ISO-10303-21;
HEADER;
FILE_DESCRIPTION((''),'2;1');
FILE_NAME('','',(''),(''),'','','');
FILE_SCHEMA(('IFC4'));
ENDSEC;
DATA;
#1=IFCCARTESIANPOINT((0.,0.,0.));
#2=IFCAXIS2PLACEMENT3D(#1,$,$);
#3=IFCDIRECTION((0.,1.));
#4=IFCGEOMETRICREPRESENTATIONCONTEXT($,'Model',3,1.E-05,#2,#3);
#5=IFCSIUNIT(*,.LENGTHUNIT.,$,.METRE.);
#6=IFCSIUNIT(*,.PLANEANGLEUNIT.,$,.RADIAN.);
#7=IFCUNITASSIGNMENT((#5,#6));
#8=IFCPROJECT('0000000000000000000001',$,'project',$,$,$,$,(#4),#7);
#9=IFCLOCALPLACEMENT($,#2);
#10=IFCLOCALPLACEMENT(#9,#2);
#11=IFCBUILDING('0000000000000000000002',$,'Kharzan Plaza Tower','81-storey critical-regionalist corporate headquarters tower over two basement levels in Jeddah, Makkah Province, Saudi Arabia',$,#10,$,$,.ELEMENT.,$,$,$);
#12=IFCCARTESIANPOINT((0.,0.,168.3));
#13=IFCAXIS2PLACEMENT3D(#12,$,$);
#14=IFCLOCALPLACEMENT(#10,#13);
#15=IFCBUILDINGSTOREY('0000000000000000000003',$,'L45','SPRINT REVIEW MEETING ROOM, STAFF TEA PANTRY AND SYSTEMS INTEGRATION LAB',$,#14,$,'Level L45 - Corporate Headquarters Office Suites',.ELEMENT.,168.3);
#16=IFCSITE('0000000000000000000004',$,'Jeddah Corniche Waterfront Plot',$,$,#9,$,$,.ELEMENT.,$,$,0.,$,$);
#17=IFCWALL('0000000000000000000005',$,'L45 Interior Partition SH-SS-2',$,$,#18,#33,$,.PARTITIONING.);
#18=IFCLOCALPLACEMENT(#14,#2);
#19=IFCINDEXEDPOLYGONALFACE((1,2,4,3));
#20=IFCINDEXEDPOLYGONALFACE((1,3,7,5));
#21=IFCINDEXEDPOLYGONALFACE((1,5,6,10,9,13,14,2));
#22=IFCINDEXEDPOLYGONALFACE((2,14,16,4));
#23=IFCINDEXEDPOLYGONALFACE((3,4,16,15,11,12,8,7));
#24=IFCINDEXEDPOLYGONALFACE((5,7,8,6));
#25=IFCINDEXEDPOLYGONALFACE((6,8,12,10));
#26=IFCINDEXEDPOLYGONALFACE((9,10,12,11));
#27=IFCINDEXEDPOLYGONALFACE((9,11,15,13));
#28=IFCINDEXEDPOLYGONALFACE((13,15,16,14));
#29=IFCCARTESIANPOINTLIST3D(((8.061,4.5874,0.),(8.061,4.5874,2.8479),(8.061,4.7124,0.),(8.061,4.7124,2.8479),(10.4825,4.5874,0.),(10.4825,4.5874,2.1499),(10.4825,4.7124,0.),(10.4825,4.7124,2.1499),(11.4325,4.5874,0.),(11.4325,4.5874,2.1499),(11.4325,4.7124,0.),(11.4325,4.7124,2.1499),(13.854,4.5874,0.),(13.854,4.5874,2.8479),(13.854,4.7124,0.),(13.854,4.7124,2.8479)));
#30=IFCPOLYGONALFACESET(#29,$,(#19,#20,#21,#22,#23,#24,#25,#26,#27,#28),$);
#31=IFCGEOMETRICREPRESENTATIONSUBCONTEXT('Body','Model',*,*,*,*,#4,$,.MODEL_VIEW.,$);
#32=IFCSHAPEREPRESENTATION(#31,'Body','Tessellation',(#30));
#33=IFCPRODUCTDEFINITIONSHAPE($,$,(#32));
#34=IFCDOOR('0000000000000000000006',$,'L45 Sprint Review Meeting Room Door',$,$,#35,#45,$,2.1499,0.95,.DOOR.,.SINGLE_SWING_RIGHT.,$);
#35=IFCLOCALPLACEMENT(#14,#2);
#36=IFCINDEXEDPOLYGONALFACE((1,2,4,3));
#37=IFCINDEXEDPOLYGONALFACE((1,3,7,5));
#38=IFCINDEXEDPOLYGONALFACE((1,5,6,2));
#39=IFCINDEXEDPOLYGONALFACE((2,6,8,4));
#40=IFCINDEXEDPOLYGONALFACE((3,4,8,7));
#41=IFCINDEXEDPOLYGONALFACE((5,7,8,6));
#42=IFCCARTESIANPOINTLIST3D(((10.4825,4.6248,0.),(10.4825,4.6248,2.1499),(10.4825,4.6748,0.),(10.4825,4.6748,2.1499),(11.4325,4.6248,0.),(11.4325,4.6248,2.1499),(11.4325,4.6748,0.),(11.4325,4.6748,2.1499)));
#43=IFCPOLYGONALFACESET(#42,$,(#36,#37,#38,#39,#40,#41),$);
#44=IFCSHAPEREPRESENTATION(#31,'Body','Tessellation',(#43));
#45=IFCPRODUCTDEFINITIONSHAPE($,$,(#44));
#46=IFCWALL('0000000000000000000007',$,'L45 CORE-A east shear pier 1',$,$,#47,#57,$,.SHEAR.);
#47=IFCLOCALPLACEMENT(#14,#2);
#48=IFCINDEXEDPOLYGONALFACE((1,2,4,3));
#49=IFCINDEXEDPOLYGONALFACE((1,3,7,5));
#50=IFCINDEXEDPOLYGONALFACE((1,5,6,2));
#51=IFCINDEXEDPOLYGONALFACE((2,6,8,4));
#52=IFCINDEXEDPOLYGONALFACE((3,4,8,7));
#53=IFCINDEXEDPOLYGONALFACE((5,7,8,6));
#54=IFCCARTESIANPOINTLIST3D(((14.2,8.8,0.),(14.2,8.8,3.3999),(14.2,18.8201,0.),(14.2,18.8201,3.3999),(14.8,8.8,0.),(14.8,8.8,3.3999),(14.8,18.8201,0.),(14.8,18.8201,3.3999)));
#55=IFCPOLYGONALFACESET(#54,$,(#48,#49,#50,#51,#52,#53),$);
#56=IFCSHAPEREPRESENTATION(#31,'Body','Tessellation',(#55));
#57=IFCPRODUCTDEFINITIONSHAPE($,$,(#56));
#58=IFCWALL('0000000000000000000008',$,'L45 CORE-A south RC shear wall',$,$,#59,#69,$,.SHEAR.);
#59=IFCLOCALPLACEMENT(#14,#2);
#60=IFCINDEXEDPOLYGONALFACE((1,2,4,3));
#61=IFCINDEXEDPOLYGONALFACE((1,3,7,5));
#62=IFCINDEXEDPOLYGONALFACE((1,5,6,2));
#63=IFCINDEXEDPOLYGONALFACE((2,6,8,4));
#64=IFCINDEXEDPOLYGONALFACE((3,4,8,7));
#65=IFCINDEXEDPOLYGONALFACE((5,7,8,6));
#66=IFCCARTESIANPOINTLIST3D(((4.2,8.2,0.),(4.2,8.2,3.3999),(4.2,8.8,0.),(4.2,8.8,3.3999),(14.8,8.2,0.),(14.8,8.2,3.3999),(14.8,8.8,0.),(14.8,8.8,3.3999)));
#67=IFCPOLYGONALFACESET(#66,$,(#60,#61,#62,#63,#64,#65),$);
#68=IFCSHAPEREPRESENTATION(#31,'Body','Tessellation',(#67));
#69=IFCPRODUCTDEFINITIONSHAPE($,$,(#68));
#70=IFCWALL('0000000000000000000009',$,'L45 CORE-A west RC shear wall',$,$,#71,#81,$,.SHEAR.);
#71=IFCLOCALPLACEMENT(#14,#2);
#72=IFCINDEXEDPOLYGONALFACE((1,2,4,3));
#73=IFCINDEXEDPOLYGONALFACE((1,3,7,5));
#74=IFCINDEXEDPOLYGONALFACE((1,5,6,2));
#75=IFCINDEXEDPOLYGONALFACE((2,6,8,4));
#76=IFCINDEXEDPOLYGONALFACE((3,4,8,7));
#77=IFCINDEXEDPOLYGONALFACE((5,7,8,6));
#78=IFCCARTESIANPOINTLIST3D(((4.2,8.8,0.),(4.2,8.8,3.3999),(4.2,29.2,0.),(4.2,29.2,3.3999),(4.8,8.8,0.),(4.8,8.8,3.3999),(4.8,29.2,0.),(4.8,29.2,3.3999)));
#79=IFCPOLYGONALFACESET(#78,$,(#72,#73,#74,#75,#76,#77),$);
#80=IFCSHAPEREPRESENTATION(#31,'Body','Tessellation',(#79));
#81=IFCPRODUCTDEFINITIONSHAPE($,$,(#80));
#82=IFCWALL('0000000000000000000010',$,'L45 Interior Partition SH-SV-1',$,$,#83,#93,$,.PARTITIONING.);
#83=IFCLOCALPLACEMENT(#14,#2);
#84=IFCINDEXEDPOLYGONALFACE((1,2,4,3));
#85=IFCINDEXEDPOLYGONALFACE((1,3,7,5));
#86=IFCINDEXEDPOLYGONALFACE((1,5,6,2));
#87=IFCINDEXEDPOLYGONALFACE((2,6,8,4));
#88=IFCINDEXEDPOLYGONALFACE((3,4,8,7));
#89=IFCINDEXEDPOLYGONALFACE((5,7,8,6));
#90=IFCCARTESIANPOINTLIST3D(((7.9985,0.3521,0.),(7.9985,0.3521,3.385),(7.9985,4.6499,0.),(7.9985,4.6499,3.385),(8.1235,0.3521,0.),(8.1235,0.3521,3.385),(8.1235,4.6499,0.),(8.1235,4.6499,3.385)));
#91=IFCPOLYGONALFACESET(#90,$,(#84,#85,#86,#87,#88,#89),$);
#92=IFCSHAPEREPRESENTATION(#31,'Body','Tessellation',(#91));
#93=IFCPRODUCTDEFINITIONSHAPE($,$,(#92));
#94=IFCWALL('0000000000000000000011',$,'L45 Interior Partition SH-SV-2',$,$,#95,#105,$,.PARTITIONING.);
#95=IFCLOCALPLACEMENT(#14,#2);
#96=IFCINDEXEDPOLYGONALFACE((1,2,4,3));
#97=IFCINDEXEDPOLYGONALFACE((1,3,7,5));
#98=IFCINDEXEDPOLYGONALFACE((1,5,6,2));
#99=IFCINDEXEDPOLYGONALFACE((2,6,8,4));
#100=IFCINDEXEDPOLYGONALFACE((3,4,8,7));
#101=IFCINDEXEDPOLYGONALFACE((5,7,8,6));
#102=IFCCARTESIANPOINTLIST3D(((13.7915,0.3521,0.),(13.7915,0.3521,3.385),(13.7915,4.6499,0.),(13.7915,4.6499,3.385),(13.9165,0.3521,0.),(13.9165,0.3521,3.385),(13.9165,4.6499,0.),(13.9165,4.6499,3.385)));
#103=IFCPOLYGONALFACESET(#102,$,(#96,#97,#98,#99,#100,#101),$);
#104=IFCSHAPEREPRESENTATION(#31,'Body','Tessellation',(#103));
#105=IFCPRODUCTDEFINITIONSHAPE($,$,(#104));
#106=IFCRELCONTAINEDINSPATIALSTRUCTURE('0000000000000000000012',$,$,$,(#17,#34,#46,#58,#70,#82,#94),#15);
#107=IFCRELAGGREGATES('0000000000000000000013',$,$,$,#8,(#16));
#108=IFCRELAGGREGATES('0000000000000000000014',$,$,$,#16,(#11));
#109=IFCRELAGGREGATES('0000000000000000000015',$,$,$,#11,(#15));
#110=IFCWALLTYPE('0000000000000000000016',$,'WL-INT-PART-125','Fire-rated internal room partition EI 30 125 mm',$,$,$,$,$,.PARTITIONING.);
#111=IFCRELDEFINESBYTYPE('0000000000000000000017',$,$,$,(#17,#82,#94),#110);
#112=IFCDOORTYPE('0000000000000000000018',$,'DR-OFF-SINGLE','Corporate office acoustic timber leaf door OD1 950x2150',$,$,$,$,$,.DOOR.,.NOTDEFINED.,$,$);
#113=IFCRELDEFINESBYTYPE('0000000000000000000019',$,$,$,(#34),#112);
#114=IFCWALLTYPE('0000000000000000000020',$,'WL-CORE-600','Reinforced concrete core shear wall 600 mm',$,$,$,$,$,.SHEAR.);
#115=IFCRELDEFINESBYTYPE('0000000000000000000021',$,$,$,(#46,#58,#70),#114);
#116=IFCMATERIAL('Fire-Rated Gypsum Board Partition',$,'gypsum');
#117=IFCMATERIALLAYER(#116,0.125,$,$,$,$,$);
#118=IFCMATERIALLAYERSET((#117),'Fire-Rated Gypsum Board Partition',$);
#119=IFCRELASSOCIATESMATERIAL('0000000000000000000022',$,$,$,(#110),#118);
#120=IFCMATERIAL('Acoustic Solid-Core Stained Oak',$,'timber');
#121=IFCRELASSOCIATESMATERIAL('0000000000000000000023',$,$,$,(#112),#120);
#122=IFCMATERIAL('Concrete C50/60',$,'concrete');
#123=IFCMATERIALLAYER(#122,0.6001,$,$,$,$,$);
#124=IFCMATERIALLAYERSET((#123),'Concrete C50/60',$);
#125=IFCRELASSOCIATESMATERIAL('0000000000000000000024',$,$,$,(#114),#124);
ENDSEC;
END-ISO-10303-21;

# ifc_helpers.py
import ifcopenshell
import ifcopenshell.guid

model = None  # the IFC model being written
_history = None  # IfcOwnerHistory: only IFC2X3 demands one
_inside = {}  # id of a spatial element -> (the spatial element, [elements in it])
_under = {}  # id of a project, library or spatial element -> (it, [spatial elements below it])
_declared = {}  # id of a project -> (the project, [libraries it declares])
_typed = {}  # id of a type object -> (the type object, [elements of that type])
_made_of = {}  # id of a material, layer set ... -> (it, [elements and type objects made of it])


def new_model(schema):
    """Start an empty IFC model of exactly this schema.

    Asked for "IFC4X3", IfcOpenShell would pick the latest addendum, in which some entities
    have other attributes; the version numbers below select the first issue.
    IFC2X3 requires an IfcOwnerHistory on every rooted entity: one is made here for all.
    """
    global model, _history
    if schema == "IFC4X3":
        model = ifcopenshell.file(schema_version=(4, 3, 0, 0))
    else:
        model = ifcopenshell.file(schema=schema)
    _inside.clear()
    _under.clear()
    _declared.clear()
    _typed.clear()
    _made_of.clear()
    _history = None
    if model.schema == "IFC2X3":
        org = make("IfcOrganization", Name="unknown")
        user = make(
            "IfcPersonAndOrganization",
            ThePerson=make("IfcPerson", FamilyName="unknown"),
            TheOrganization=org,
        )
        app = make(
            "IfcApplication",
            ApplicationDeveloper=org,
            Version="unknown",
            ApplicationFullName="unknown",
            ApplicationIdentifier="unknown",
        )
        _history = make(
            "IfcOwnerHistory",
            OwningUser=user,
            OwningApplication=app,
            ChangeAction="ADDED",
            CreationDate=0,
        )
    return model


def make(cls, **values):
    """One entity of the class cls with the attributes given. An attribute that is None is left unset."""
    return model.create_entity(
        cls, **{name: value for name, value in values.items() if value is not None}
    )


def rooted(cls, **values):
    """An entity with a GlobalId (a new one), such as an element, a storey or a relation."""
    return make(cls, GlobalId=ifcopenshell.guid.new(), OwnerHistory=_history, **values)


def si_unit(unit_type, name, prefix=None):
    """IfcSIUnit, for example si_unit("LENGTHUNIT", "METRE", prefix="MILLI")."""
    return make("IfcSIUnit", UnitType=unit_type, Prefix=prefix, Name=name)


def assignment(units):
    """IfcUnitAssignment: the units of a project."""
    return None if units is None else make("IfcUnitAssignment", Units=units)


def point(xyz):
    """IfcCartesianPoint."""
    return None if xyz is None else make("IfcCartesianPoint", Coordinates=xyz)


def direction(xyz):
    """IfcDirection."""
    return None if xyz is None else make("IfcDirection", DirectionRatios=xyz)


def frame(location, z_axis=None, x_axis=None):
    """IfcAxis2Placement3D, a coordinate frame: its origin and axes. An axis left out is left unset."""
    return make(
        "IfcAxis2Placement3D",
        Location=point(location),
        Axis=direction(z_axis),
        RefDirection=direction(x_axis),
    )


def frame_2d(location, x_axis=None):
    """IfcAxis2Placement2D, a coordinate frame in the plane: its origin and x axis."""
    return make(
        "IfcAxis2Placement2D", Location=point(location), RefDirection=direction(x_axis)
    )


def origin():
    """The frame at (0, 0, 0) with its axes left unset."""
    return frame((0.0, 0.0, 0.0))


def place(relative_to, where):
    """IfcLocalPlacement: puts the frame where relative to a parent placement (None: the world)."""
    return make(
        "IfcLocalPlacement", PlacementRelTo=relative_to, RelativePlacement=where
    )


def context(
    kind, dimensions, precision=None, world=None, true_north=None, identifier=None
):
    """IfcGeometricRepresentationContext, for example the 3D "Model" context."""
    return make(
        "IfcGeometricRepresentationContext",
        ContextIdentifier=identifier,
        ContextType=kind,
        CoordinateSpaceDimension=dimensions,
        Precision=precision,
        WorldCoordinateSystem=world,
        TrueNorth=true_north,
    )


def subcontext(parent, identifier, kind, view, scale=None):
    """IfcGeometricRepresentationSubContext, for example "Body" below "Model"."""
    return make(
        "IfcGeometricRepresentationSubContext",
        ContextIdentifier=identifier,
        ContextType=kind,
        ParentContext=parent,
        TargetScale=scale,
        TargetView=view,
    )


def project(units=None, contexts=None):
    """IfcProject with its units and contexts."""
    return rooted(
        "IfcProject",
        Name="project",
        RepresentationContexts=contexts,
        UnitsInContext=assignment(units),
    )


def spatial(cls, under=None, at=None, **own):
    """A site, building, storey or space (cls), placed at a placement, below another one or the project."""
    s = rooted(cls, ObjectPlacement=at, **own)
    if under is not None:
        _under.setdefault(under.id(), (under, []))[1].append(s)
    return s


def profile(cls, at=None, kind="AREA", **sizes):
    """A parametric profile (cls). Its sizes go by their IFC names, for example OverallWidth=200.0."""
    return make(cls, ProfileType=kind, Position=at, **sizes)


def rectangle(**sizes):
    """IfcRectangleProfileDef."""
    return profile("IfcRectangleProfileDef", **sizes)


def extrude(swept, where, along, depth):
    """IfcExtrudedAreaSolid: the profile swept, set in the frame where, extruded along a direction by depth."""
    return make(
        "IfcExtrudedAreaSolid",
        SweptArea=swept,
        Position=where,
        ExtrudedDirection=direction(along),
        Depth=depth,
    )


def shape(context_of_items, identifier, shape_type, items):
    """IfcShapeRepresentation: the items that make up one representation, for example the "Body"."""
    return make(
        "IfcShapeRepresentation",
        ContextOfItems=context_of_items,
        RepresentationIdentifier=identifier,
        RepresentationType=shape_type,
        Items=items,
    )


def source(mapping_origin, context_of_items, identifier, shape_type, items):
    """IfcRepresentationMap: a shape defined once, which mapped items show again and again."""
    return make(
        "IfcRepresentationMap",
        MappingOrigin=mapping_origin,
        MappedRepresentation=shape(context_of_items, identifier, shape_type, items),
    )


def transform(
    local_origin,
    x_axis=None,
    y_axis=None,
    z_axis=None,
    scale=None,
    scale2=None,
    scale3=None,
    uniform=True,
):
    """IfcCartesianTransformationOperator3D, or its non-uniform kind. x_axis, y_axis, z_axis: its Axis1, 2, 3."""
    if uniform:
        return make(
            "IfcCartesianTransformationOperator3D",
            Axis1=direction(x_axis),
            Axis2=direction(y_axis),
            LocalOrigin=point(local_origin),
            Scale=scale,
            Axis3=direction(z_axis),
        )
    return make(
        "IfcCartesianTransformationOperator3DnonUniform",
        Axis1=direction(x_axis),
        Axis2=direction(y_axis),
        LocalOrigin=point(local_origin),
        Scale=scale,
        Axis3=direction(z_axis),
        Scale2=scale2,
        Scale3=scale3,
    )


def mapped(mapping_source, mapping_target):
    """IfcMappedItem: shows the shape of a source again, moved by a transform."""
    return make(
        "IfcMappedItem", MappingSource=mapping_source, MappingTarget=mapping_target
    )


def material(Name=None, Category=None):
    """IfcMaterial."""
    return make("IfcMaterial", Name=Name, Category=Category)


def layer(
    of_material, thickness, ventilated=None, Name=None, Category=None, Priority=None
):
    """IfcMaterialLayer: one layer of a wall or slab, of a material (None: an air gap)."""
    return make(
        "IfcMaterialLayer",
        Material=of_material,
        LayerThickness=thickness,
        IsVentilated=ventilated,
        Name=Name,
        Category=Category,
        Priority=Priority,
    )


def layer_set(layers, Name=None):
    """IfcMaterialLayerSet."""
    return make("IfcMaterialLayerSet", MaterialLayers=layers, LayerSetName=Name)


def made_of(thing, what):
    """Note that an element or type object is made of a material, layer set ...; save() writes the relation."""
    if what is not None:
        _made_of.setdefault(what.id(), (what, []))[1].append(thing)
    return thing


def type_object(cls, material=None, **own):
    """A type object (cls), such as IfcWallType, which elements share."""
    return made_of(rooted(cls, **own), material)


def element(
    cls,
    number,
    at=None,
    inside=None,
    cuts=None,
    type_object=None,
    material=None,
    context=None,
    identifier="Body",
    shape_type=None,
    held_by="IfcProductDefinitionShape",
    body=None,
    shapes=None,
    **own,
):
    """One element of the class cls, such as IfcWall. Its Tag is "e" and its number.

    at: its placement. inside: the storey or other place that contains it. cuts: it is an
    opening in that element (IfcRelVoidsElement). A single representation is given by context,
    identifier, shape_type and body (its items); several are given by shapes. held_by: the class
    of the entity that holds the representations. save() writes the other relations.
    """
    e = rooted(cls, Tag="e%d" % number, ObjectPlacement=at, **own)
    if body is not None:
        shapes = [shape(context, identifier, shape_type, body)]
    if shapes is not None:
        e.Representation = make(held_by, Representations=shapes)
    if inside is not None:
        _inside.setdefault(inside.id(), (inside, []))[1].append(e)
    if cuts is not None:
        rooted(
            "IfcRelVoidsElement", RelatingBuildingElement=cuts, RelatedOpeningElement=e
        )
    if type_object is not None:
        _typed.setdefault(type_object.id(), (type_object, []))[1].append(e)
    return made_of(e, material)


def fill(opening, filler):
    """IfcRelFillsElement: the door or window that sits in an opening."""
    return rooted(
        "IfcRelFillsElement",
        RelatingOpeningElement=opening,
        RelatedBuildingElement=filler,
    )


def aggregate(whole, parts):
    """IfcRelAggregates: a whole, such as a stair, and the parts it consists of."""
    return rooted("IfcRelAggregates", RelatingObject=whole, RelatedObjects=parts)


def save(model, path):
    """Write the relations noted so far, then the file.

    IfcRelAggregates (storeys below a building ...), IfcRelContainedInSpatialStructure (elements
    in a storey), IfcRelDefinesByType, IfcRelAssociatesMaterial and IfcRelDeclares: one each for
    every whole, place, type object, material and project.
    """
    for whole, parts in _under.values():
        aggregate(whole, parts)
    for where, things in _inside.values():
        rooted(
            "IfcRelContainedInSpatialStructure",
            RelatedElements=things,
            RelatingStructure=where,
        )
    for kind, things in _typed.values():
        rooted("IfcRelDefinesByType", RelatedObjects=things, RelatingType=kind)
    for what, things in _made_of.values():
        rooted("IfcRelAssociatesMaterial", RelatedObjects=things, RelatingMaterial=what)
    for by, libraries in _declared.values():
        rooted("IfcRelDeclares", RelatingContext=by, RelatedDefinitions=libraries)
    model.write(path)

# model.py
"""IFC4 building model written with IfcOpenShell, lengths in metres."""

from ifc_helpers import new_model, si_unit, direction, frame, frame_2d, origin, place, context, subcontext, project, spatial, rectangle, extrude, source, transform, mapped, material, layer, layer_set, type_object, element, fill, save


model = new_model("IFC4")

# Units and contexts
model_context = context("Model", 3, precision=1e-05, world=origin(), true_north=direction((0.0, 1.0)))
body_context = subcontext(model_context, "Body", "Model", "MODEL_VIEW")
ifc_project = project(units=[si_unit("LENGTHUNIT", "METRE"), si_unit("PLANEANGLEUNIT", "RADIAN")], contexts=[model_context])

# Site, building, storey
site_placement = place(None, origin())
site = spatial("IfcSite", under=ifc_project, at=site_placement, Name="Jeddah Corniche Waterfront Plot", CompositionType="ELEMENT", RefElevation=0.0)
building_placement = place(site_placement, origin())
building = spatial("IfcBuilding", under=site, at=building_placement, Name="Kharzan Plaza Tower", Description="81-storey critical-regionalist corporate headquarters tower over two basement levels in Jeddah, Makkah Province, Saudi Arabia", CompositionType="ELEMENT")
storey_placement = place(building_placement, frame((0.0, 0.0, 168.3)))
storey = spatial("IfcBuildingStorey", under=building, at=storey_placement, Name="L45", Description="SPRINT REVIEW MEETING ROOM, STAFF TEA PANTRY AND SYSTEMS INTEGRATION LAB", LongName="Level L45 - Corporate Headquarters Office Suites", CompositionType="ELEMENT", Elevation=168.3)

# Shared definitions
ifc_material_1 = material(Name="Concrete C50/60", Category="concrete")

# Wall, opening, door
ifc_material_2 = material(Name="Fire-Rated Gypsum Board Partition", Category="gypsum")
ifc_layer_1 = layer(ifc_material_2, 0.125)
ifc_layer_set_1 = layer_set([ifc_layer_1], Name="Fire-Rated Gypsum Board Partition")
wall_type_1 = type_object("IfcWallType", Name="WL-INT-PART-125", Description="Fire-rated internal room partition EI 30 125 mm", PredefinedType="PARTITIONING", material=ifc_layer_set_1)
wall_1_placement = place(storey_placement, frame((8.061, 4.6499, 0.0), z_axis=(0.0, 0.0, 1.0), x_axis=(1.0, 0.0, 0.0)))
wall_1 = element("IfcWall", 1, at=wall_1_placement, inside=storey, type_object=wall_type_1, Name="L45 Interior Partition SH-SS-2", PredefinedType="PARTITIONING", context=body_context, shape_type="SweptSolid", body=[
    extrude(rectangle(XDim=5.793, YDim=0.125, at=frame_2d((2.8965, 0.0))), origin(), (0.0, 0.0, 1.0), 2.8479),
])
opening_1_placement = place(wall_1_placement, frame((2.4214, 0.0, 0.0)))
opening_1 = element("IfcOpeningElement", 2, at=opening_1_placement, cuts=wall_1, PredefinedType="OPENING", context=body_context, shape_type="SweptSolid", body=[
    extrude(rectangle(XDim=0.95, YDim=2.1499, at=frame_2d((0.4751, 1.075))), frame((0.0, 0.0725, 0.0), z_axis=(0.0, -1.0, 0.0), x_axis=(1.0, 0.0, 0.0)), (0.0, 0.0, 1.0), 0.145),
])
ifc_material_3 = material(Name="Acoustic Solid-Core Stained Oak", Category="timber")
door_type = type_object("IfcDoorType", Name="DR-OFF-SINGLE", Description="Corporate office acoustic timber leaf door OD1 950x2150", OperationType="NOTDEFINED", PredefinedType="DOOR", material=ifc_material_3)
shared_shape_1 = source(origin(), body_context, "Body", "SweptSolid", [
    extrude(rectangle(XDim=0.95, YDim=2.1499, at=frame_2d((0.4751, 1.075))), frame((0.0, 0.0249, 0.0), z_axis=(0.0, -1.0, 0.0), x_axis=(1.0, 0.0, 0.0)), (0.0, 0.0, 1.0), 0.05),
])
door_1_placement = place(opening_1_placement, origin())
door_1 = element("IfcDoor", 3, at=door_1_placement, inside=storey, type_object=door_type, Name="L45 Sprint Review Meeting Room Door", OperationType="SINGLE_SWING_RIGHT", OverallHeight=2.1499, OverallWidth=0.95, PredefinedType="DOOR", context=body_context, shape_type="MappedRepresentation", body=[
    mapped(shared_shape_1, transform((0.0, 0.0, 0.0), x_axis=(1.0, 0.0, 0.0), y_axis=(0.0, 1.0, 0.0), z_axis=(0.0, 0.0, 1.0))),
])
fill(opening_1, door_1)

# Walls
ifc_layer_2 = layer(ifc_material_1, 0.6001)
ifc_layer_set_2 = layer_set([ifc_layer_2], Name="Concrete C50/60")
wall_type_2 = type_object("IfcWallType", Name="WL-CORE-600", Description="Reinforced concrete core shear wall 600 mm", PredefinedType="SHEAR", material=ifc_layer_set_2)
shared_shape_2 = source(origin(), body_context, "Body", "SweptSolid", [
    extrude(rectangle(XDim=10.02, YDim=0.6001, at=frame_2d((5.01, 0.0))), origin(), (0.0, 0.0, 1.0), 3.3999),
])
wall_2_placement = place(storey_placement, frame((14.5, 8.8, 0.0), z_axis=(0.0, 0.0, 1.0), x_axis=(0.0, 1.0, 0.0)))
element("IfcWall", 4, at=wall_2_placement, inside=storey, type_object=wall_type_2, Name="L45 CORE-A east shear pier 1", PredefinedType="SHEAR", context=body_context, shape_type="MappedRepresentation", body=[
    mapped(shared_shape_2, transform((0.0, 0.0, 0.0), x_axis=(1.0, 0.0, 0.0), y_axis=(0.0, 1.0, 0.0), z_axis=(0.0, 0.0, 1.0))),
])
shared_shape_3 = source(origin(), body_context, "Body", "SweptSolid", [
    extrude(rectangle(XDim=10.6001, YDim=0.6001, at=frame_2d((5.3, 0.0))), origin(), (0.0, 0.0, 1.0), 3.3999),
])
wall_3_placement = place(storey_placement, frame((4.2, 8.5, 0.0), z_axis=(0.0, 0.0, 1.0), x_axis=(1.0, 0.0, 0.0)))
element("IfcWall", 5, at=wall_3_placement, inside=storey, type_object=wall_type_2, Name="L45 CORE-A south RC shear wall", PredefinedType="SHEAR", context=body_context, shape_type="MappedRepresentation", body=[
    mapped(shared_shape_3, transform((0.0, 0.0, 0.0), x_axis=(1.0, 0.0, 0.0), y_axis=(0.0, 1.0, 0.0), z_axis=(0.0, 0.0, 1.0))),
])
shared_shape_4 = source(origin(), body_context, "Body", "SweptSolid", [
    extrude(rectangle(XDim=20.3999, YDim=0.6001, at=frame_2d((10.2, 0.0))), origin(), (0.0, 0.0, 1.0), 3.3999),
])
wall_4_placement = place(storey_placement, frame((4.5, 8.8, 0.0), z_axis=(0.0, 0.0, 1.0), x_axis=(0.0, 1.0, 0.0)))
element("IfcWall", 6, at=wall_4_placement, inside=storey, type_object=wall_type_2, Name="L45 CORE-A west RC shear wall", PredefinedType="SHEAR", context=body_context, shape_type="MappedRepresentation", body=[
    mapped(shared_shape_4, transform((0.0, 0.0, 0.0), x_axis=(1.0, 0.0, 0.0), y_axis=(0.0, 1.0, 0.0), z_axis=(0.0, 0.0, 1.0))),
])
shared_shape_5 = source(origin(), body_context, "Body", "SweptSolid", [
    extrude(rectangle(XDim=4.2979, YDim=0.125, at=frame_2d((2.1489, 0.0))), origin(), (0.0, 0.0, 1.0), 3.385),
])
for number, where, z_axis, x_axis, name in (
    (7, (8.061, 0.3521, 0.0), (0.0, 0.0, 1.0), (0.0, 1.0, 0.0), "L45 Interior Partition SH-SV-1"),
    (8, (13.854, 0.3521, 0.0), (0.0, 0.0, 1.0), (0.0, 1.0, 0.0), "L45 Interior Partition SH-SV-2"),
):
    element("IfcWall", number, at=place(storey_placement, frame(where, z_axis=z_axis, x_axis=x_axis)), inside=storey, type_object=wall_type_1, Name=name, PredefinedType="PARTITIONING", context=body_context, shape_type="MappedRepresentation", body=[
        mapped(shared_shape_5, transform((0.0, 0.0, 0.0), x_axis=(1.0, 0.0, 0.0), y_axis=(0.0, 1.0, 0.0), z_axis=(0.0, 0.0, 1.0))),
    ])

save(model, "model.ifc")
